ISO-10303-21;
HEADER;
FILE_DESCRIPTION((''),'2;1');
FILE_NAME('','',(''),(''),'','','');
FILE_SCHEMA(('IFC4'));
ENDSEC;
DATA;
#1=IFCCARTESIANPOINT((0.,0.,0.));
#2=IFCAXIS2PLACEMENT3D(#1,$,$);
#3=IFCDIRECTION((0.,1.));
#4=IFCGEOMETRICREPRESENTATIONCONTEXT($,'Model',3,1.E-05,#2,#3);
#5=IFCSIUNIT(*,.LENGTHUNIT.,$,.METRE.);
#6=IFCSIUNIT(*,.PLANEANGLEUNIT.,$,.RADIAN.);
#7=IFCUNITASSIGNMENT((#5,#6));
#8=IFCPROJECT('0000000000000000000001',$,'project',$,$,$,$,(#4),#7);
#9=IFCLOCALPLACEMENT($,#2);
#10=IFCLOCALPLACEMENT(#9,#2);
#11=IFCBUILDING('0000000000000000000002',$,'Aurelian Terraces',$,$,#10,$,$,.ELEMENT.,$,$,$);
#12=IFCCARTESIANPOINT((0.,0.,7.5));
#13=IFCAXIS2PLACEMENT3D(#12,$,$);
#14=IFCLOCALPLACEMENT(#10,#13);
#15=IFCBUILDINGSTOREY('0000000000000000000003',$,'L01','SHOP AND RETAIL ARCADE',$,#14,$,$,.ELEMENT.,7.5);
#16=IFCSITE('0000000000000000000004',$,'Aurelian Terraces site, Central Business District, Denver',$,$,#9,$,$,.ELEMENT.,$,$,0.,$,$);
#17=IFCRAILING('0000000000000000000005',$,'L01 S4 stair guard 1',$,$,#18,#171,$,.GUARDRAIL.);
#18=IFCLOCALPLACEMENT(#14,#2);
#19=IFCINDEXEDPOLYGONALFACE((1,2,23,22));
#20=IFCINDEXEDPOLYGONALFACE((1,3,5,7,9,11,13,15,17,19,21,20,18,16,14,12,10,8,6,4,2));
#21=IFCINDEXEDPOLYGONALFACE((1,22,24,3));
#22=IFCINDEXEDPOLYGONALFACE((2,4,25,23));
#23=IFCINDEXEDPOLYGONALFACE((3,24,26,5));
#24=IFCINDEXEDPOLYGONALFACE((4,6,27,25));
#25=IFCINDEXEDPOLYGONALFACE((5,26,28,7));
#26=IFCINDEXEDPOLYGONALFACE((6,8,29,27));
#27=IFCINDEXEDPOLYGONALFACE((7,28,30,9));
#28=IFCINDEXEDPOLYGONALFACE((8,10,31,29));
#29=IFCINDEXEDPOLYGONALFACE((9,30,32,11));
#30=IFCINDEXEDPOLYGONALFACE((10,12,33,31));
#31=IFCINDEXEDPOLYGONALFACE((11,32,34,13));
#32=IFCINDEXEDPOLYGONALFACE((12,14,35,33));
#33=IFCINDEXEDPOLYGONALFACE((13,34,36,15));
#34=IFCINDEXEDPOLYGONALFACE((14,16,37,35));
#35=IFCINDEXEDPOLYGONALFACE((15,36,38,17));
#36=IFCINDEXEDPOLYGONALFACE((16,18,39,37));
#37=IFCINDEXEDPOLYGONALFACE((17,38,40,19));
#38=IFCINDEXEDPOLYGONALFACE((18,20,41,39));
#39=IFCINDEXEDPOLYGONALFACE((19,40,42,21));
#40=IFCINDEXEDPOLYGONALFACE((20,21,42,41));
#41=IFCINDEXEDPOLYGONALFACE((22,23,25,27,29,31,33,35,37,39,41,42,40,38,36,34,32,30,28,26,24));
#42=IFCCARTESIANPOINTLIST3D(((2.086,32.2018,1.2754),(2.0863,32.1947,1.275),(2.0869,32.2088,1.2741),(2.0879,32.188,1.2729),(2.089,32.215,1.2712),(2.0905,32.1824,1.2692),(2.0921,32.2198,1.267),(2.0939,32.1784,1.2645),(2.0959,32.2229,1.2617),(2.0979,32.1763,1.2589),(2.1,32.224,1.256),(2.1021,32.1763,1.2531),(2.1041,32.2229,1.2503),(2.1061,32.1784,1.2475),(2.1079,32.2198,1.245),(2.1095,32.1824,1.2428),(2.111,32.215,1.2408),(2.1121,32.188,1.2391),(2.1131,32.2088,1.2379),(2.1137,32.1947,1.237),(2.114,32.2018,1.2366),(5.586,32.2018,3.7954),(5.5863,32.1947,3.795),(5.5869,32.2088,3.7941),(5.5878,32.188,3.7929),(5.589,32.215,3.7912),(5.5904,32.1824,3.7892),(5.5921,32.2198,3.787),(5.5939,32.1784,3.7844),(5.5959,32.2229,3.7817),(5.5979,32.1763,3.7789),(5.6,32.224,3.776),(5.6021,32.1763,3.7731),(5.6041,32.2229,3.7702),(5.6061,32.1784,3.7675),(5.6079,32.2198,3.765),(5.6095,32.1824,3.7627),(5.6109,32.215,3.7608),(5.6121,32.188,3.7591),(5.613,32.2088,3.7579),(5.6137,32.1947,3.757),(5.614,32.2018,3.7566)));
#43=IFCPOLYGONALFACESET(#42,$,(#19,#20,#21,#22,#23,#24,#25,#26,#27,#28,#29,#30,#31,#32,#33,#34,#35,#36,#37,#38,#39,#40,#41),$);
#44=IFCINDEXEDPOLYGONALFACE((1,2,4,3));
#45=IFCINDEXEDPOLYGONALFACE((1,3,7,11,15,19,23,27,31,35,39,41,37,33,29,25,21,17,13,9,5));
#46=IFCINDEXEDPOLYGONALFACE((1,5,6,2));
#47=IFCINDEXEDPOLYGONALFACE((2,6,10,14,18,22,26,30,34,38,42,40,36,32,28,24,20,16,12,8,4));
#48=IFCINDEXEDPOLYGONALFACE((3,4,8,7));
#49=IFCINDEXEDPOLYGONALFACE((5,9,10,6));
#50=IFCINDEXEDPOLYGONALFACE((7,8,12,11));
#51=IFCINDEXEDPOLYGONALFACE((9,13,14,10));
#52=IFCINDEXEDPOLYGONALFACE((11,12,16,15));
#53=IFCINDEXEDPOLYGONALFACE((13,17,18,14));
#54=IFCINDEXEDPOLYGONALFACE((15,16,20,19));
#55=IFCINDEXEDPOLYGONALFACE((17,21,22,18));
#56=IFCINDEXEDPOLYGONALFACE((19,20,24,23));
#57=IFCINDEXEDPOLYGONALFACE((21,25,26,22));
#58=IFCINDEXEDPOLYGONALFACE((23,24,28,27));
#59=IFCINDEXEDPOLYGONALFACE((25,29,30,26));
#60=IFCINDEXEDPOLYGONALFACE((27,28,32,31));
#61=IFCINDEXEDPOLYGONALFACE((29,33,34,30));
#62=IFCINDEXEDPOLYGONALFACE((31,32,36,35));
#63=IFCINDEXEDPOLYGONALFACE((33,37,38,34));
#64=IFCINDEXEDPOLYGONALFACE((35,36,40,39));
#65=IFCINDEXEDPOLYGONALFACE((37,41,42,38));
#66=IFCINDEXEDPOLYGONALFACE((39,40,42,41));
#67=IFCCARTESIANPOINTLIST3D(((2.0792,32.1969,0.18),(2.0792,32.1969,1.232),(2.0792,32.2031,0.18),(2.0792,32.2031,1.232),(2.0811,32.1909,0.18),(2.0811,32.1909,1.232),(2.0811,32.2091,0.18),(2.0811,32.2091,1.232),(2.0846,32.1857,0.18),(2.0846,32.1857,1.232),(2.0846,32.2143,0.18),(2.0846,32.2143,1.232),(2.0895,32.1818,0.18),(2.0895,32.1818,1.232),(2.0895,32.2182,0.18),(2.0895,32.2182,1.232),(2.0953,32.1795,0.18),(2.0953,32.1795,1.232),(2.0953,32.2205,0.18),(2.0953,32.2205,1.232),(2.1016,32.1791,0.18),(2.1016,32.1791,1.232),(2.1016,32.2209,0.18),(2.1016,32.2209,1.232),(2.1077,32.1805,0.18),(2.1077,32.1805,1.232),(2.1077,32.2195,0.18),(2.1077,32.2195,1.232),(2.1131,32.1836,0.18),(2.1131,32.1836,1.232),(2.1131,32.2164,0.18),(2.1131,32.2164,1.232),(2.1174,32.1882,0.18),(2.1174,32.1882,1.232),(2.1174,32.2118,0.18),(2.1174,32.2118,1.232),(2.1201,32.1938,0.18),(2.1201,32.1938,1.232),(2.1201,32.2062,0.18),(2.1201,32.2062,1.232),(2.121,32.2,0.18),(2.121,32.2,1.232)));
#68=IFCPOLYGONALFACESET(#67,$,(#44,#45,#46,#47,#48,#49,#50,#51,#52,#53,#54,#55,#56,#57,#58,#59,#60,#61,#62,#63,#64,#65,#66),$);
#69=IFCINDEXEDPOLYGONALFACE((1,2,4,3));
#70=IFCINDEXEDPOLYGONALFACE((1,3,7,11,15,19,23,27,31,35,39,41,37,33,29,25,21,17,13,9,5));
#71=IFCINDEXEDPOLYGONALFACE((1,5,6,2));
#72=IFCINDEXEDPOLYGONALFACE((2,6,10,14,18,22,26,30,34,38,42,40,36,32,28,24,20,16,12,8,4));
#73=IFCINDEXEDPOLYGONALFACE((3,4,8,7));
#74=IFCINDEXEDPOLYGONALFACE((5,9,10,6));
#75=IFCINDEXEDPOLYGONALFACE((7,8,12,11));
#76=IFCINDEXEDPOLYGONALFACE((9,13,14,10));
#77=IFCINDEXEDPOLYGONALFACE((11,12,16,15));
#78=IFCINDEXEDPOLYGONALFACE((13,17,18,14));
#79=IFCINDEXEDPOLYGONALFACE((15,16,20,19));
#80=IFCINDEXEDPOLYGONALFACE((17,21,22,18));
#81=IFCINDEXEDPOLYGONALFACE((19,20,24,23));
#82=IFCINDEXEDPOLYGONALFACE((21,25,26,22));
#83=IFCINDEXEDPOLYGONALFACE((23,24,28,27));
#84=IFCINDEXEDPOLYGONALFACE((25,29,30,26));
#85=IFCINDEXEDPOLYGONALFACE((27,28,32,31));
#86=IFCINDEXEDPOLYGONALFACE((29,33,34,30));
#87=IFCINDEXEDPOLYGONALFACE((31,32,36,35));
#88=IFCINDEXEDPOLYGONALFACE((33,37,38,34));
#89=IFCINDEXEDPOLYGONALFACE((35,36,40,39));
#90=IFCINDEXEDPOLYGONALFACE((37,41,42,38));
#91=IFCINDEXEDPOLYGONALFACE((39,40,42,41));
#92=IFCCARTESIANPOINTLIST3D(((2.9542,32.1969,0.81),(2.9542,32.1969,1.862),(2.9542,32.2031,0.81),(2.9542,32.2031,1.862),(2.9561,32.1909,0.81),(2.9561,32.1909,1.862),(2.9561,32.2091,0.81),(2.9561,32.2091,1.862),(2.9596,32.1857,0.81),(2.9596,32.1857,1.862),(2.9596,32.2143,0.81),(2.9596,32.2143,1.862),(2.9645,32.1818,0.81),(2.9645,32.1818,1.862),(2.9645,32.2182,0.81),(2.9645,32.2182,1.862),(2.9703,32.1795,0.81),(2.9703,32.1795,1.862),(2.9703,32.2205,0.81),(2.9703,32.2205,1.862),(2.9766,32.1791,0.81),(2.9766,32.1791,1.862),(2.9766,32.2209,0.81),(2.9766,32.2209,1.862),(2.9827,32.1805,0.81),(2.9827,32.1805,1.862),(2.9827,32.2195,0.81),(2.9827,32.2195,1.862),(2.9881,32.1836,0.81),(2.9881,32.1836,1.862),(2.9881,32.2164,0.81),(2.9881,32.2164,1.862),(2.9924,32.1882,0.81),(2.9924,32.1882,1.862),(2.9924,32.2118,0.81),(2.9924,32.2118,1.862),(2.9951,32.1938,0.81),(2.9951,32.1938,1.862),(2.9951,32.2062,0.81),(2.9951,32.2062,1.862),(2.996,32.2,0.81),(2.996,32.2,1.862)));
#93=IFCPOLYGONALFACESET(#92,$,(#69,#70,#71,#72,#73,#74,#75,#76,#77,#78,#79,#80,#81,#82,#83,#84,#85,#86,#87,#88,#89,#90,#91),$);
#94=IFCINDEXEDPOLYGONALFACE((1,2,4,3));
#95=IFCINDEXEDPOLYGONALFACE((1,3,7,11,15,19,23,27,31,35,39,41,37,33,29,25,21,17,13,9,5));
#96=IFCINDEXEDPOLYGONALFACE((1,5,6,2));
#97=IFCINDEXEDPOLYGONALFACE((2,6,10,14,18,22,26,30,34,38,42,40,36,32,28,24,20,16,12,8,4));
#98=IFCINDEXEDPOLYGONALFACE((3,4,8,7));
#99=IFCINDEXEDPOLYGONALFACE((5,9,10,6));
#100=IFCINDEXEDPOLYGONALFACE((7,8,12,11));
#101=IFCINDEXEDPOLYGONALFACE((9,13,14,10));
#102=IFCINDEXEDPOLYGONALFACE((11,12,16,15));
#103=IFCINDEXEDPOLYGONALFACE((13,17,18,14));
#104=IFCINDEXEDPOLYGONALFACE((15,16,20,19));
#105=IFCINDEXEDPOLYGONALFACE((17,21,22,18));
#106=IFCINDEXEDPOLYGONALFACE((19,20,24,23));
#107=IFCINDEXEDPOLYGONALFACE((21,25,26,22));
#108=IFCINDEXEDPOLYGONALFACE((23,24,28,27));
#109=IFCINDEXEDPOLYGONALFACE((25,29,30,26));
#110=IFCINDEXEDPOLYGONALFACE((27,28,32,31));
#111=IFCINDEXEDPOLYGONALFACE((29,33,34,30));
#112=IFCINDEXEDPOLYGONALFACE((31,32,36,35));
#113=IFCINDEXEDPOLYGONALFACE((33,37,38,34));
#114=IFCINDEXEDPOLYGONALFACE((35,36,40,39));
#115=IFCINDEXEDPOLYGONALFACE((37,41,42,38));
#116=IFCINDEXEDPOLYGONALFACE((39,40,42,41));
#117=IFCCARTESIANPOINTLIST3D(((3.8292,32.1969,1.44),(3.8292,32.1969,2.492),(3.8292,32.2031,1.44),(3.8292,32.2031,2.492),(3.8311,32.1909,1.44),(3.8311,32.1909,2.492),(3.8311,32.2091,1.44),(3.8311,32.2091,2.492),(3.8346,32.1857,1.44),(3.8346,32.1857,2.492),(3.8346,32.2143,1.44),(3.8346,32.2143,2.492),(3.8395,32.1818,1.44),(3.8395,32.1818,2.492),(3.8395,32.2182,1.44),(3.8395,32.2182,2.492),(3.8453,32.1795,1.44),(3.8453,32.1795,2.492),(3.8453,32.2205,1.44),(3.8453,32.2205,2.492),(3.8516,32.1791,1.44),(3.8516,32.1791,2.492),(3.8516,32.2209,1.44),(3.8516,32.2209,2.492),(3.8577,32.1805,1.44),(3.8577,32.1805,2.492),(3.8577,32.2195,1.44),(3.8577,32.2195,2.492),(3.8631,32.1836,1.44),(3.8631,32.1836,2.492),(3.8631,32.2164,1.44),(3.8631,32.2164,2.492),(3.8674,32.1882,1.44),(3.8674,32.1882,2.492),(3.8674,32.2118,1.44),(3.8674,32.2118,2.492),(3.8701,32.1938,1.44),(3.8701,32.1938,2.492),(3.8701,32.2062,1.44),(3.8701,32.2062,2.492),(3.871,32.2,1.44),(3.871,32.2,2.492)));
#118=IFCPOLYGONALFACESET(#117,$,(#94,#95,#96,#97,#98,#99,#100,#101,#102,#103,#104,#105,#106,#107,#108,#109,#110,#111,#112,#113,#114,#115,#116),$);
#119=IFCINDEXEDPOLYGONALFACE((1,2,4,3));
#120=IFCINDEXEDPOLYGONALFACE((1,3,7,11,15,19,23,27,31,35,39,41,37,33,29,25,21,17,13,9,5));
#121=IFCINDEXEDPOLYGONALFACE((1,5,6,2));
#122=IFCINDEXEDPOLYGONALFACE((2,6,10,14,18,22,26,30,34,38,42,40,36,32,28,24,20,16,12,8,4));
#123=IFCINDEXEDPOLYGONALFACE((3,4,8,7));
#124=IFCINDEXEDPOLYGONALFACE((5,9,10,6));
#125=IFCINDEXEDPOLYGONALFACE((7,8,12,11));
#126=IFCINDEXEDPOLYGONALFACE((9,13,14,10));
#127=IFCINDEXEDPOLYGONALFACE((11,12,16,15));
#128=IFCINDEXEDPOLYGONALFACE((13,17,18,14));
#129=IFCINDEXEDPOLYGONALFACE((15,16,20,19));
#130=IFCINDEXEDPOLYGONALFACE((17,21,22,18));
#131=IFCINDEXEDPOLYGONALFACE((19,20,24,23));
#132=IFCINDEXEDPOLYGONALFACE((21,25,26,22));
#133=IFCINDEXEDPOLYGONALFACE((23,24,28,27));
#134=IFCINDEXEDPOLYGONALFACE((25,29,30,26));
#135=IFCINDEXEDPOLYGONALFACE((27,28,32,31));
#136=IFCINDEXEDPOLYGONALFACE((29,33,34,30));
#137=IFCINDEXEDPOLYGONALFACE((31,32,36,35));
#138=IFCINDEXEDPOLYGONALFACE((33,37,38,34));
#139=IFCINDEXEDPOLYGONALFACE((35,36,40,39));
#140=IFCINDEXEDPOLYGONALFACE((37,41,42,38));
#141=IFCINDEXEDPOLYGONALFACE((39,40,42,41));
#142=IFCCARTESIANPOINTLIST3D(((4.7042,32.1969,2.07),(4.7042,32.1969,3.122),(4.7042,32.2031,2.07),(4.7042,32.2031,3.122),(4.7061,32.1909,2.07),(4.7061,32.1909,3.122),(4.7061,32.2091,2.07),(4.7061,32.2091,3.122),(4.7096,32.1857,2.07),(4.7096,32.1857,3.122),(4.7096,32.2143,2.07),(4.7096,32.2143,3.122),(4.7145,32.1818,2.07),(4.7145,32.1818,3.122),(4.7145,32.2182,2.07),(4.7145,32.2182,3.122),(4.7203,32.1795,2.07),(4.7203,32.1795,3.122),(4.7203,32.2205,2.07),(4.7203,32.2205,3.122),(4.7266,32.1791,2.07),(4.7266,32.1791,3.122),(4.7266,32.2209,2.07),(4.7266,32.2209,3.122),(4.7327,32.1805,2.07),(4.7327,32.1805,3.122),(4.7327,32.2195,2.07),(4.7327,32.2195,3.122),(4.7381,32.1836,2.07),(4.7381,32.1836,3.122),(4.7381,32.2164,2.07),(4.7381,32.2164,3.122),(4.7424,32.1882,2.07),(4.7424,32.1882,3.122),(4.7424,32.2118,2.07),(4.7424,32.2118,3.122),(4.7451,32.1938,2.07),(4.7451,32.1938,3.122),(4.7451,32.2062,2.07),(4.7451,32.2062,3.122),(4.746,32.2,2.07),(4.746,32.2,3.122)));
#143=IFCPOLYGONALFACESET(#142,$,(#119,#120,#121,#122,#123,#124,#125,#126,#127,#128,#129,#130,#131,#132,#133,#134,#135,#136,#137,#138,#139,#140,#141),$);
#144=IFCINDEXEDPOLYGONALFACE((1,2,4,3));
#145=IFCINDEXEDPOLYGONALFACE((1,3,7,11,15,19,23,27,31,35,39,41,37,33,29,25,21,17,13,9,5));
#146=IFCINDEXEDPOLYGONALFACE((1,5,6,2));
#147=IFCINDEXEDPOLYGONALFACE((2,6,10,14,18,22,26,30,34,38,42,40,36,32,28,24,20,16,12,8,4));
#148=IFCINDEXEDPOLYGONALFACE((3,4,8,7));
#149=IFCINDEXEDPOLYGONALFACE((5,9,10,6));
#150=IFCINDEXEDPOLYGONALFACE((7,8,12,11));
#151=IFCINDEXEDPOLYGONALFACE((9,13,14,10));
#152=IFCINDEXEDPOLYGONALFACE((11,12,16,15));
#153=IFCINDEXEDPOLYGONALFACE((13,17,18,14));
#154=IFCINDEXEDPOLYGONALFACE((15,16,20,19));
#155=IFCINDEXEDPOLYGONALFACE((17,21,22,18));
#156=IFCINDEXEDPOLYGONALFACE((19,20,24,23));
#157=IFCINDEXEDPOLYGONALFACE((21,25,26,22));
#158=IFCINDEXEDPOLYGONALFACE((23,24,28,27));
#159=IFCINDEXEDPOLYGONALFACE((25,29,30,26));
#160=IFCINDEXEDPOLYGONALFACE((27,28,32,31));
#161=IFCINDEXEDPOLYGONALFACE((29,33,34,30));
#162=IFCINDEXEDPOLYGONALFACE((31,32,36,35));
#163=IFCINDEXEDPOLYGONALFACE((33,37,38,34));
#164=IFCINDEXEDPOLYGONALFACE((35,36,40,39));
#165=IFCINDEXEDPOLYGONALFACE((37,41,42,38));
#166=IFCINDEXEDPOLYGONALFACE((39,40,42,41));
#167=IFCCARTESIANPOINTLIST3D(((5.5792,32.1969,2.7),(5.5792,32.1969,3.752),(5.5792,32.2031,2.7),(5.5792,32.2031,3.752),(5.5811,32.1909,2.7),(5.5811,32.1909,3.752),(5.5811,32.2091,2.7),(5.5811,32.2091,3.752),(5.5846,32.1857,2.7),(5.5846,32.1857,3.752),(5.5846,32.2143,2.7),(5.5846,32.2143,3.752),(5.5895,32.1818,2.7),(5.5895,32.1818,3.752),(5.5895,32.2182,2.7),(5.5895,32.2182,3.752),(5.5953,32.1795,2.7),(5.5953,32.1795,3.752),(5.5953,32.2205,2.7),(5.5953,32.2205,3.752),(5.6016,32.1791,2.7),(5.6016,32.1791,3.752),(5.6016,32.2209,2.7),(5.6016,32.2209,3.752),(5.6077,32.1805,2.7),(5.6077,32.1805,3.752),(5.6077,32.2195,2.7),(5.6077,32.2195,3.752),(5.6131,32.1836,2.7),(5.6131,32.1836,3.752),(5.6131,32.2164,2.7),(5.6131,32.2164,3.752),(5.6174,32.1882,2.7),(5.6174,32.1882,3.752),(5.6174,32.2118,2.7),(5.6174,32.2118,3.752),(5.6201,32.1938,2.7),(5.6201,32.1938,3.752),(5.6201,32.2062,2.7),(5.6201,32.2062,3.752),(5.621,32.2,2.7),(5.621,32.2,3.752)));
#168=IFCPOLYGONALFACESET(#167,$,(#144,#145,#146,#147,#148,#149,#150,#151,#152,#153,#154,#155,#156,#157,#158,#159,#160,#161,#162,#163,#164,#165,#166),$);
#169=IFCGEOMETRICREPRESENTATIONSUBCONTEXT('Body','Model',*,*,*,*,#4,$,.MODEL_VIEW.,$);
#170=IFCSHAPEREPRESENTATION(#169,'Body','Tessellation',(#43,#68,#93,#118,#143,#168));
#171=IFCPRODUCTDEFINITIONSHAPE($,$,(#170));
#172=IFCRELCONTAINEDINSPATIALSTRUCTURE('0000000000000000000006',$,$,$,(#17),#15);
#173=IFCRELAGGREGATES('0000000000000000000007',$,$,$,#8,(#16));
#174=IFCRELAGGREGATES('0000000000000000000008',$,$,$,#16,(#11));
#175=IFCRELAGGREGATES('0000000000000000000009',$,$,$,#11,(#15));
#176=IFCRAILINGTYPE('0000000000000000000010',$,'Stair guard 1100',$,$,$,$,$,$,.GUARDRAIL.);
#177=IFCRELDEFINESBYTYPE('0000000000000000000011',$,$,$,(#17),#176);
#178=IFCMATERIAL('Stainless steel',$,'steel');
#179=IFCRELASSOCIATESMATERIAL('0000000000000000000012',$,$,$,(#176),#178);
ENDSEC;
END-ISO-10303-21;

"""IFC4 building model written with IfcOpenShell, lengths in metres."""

from ifc_helpers import new_model, si_unit, direction, frame, origin, origin_2d, place, context, subcontext, project, spatial, circle, extrude, source, transform, mapped, material, type_object, element, save


model = new_model("IFC4")

# Units and contexts
model_context = context("Model", 3, precision=1e-05, world=origin(), true_north=direction((0.0, 1.0)))
body_context = subcontext(model_context, "Body", "Model", "MODEL_VIEW")
ifc_project = project(units=[si_unit("LENGTHUNIT", "METRE"), si_unit("PLANEANGLEUNIT", "RADIAN")], contexts=[model_context])

# Site, building, storey
site_placement = place(None, origin())
site = spatial("IfcSite", under=ifc_project, at=site_placement, Name="Aurelian Terraces site, Central Business District, Denver", CompositionType="ELEMENT", RefElevation=0.0)
building_placement = place(site_placement, origin())
building = spatial("IfcBuilding", under=site, at=building_placement, Name="Aurelian Terraces", CompositionType="ELEMENT")
storey_placement = place(building_placement, frame((0.0, 0.0, 7.5)))
storey = spatial("IfcBuildingStorey", under=building, at=storey_placement, Name="L01", Description="SHOP AND RETAIL ARCADE", CompositionType="ELEMENT", Elevation=7.5)

# Railing
ifc_material_1 = material(Name="Stainless steel", Category="steel")
railing_type_1 = type_object("IfcRailingType", Name="Stair guard 1100", PredefinedType="GUARDRAIL", material=ifc_material_1)
shared_shape_1 = source(origin(), body_context, "Body", "SweptSolid", [
    extrude(circle(Radius=0.024, at=origin_2d()), frame((0.0, 0.0, 1.076), z_axis=(0.811534, 0.0, 0.584305), x_axis=(0.0, 1.0, 0.0)), (0.0, 0.0, 1.0), 4.3128),
    extrude(circle(Radius=0.021, at=origin_2d()), origin(), (0.0, 0.0, 1.0), 1.052),
    extrude(circle(Radius=0.021, at=origin_2d()), frame((0.875, 0.0, 0.63)), (0.0, 0.0, 1.0), 1.052),
    extrude(circle(Radius=0.021, at=origin_2d()), frame((1.75, 0.0, 1.26)), (0.0, 0.0, 1.0), 1.052),
    extrude(circle(Radius=0.021, at=origin_2d()), frame((2.625, 0.0, 1.89)), (0.0, 0.0, 1.0), 1.052),
    extrude(circle(Radius=0.021, at=origin_2d()), frame((3.5, 0.0, 2.52)), (0.0, 0.0, 1.0), 1.052),
])
railing_1_placement = place(storey_placement, frame((2.1, 32.2, 0.18)))
element("IfcRailing", 1, at=railing_1_placement, inside=storey, type_object=railing_type_1, Name="L01 S4 stair guard 1", PredefinedType="GUARDRAIL", context=body_context, shape_type="MappedRepresentation", body=[
    mapped(shared_shape_1, transform((0.0, 0.0, 0.0), scale=1.0)),
])

save(model, "model.ifc")
